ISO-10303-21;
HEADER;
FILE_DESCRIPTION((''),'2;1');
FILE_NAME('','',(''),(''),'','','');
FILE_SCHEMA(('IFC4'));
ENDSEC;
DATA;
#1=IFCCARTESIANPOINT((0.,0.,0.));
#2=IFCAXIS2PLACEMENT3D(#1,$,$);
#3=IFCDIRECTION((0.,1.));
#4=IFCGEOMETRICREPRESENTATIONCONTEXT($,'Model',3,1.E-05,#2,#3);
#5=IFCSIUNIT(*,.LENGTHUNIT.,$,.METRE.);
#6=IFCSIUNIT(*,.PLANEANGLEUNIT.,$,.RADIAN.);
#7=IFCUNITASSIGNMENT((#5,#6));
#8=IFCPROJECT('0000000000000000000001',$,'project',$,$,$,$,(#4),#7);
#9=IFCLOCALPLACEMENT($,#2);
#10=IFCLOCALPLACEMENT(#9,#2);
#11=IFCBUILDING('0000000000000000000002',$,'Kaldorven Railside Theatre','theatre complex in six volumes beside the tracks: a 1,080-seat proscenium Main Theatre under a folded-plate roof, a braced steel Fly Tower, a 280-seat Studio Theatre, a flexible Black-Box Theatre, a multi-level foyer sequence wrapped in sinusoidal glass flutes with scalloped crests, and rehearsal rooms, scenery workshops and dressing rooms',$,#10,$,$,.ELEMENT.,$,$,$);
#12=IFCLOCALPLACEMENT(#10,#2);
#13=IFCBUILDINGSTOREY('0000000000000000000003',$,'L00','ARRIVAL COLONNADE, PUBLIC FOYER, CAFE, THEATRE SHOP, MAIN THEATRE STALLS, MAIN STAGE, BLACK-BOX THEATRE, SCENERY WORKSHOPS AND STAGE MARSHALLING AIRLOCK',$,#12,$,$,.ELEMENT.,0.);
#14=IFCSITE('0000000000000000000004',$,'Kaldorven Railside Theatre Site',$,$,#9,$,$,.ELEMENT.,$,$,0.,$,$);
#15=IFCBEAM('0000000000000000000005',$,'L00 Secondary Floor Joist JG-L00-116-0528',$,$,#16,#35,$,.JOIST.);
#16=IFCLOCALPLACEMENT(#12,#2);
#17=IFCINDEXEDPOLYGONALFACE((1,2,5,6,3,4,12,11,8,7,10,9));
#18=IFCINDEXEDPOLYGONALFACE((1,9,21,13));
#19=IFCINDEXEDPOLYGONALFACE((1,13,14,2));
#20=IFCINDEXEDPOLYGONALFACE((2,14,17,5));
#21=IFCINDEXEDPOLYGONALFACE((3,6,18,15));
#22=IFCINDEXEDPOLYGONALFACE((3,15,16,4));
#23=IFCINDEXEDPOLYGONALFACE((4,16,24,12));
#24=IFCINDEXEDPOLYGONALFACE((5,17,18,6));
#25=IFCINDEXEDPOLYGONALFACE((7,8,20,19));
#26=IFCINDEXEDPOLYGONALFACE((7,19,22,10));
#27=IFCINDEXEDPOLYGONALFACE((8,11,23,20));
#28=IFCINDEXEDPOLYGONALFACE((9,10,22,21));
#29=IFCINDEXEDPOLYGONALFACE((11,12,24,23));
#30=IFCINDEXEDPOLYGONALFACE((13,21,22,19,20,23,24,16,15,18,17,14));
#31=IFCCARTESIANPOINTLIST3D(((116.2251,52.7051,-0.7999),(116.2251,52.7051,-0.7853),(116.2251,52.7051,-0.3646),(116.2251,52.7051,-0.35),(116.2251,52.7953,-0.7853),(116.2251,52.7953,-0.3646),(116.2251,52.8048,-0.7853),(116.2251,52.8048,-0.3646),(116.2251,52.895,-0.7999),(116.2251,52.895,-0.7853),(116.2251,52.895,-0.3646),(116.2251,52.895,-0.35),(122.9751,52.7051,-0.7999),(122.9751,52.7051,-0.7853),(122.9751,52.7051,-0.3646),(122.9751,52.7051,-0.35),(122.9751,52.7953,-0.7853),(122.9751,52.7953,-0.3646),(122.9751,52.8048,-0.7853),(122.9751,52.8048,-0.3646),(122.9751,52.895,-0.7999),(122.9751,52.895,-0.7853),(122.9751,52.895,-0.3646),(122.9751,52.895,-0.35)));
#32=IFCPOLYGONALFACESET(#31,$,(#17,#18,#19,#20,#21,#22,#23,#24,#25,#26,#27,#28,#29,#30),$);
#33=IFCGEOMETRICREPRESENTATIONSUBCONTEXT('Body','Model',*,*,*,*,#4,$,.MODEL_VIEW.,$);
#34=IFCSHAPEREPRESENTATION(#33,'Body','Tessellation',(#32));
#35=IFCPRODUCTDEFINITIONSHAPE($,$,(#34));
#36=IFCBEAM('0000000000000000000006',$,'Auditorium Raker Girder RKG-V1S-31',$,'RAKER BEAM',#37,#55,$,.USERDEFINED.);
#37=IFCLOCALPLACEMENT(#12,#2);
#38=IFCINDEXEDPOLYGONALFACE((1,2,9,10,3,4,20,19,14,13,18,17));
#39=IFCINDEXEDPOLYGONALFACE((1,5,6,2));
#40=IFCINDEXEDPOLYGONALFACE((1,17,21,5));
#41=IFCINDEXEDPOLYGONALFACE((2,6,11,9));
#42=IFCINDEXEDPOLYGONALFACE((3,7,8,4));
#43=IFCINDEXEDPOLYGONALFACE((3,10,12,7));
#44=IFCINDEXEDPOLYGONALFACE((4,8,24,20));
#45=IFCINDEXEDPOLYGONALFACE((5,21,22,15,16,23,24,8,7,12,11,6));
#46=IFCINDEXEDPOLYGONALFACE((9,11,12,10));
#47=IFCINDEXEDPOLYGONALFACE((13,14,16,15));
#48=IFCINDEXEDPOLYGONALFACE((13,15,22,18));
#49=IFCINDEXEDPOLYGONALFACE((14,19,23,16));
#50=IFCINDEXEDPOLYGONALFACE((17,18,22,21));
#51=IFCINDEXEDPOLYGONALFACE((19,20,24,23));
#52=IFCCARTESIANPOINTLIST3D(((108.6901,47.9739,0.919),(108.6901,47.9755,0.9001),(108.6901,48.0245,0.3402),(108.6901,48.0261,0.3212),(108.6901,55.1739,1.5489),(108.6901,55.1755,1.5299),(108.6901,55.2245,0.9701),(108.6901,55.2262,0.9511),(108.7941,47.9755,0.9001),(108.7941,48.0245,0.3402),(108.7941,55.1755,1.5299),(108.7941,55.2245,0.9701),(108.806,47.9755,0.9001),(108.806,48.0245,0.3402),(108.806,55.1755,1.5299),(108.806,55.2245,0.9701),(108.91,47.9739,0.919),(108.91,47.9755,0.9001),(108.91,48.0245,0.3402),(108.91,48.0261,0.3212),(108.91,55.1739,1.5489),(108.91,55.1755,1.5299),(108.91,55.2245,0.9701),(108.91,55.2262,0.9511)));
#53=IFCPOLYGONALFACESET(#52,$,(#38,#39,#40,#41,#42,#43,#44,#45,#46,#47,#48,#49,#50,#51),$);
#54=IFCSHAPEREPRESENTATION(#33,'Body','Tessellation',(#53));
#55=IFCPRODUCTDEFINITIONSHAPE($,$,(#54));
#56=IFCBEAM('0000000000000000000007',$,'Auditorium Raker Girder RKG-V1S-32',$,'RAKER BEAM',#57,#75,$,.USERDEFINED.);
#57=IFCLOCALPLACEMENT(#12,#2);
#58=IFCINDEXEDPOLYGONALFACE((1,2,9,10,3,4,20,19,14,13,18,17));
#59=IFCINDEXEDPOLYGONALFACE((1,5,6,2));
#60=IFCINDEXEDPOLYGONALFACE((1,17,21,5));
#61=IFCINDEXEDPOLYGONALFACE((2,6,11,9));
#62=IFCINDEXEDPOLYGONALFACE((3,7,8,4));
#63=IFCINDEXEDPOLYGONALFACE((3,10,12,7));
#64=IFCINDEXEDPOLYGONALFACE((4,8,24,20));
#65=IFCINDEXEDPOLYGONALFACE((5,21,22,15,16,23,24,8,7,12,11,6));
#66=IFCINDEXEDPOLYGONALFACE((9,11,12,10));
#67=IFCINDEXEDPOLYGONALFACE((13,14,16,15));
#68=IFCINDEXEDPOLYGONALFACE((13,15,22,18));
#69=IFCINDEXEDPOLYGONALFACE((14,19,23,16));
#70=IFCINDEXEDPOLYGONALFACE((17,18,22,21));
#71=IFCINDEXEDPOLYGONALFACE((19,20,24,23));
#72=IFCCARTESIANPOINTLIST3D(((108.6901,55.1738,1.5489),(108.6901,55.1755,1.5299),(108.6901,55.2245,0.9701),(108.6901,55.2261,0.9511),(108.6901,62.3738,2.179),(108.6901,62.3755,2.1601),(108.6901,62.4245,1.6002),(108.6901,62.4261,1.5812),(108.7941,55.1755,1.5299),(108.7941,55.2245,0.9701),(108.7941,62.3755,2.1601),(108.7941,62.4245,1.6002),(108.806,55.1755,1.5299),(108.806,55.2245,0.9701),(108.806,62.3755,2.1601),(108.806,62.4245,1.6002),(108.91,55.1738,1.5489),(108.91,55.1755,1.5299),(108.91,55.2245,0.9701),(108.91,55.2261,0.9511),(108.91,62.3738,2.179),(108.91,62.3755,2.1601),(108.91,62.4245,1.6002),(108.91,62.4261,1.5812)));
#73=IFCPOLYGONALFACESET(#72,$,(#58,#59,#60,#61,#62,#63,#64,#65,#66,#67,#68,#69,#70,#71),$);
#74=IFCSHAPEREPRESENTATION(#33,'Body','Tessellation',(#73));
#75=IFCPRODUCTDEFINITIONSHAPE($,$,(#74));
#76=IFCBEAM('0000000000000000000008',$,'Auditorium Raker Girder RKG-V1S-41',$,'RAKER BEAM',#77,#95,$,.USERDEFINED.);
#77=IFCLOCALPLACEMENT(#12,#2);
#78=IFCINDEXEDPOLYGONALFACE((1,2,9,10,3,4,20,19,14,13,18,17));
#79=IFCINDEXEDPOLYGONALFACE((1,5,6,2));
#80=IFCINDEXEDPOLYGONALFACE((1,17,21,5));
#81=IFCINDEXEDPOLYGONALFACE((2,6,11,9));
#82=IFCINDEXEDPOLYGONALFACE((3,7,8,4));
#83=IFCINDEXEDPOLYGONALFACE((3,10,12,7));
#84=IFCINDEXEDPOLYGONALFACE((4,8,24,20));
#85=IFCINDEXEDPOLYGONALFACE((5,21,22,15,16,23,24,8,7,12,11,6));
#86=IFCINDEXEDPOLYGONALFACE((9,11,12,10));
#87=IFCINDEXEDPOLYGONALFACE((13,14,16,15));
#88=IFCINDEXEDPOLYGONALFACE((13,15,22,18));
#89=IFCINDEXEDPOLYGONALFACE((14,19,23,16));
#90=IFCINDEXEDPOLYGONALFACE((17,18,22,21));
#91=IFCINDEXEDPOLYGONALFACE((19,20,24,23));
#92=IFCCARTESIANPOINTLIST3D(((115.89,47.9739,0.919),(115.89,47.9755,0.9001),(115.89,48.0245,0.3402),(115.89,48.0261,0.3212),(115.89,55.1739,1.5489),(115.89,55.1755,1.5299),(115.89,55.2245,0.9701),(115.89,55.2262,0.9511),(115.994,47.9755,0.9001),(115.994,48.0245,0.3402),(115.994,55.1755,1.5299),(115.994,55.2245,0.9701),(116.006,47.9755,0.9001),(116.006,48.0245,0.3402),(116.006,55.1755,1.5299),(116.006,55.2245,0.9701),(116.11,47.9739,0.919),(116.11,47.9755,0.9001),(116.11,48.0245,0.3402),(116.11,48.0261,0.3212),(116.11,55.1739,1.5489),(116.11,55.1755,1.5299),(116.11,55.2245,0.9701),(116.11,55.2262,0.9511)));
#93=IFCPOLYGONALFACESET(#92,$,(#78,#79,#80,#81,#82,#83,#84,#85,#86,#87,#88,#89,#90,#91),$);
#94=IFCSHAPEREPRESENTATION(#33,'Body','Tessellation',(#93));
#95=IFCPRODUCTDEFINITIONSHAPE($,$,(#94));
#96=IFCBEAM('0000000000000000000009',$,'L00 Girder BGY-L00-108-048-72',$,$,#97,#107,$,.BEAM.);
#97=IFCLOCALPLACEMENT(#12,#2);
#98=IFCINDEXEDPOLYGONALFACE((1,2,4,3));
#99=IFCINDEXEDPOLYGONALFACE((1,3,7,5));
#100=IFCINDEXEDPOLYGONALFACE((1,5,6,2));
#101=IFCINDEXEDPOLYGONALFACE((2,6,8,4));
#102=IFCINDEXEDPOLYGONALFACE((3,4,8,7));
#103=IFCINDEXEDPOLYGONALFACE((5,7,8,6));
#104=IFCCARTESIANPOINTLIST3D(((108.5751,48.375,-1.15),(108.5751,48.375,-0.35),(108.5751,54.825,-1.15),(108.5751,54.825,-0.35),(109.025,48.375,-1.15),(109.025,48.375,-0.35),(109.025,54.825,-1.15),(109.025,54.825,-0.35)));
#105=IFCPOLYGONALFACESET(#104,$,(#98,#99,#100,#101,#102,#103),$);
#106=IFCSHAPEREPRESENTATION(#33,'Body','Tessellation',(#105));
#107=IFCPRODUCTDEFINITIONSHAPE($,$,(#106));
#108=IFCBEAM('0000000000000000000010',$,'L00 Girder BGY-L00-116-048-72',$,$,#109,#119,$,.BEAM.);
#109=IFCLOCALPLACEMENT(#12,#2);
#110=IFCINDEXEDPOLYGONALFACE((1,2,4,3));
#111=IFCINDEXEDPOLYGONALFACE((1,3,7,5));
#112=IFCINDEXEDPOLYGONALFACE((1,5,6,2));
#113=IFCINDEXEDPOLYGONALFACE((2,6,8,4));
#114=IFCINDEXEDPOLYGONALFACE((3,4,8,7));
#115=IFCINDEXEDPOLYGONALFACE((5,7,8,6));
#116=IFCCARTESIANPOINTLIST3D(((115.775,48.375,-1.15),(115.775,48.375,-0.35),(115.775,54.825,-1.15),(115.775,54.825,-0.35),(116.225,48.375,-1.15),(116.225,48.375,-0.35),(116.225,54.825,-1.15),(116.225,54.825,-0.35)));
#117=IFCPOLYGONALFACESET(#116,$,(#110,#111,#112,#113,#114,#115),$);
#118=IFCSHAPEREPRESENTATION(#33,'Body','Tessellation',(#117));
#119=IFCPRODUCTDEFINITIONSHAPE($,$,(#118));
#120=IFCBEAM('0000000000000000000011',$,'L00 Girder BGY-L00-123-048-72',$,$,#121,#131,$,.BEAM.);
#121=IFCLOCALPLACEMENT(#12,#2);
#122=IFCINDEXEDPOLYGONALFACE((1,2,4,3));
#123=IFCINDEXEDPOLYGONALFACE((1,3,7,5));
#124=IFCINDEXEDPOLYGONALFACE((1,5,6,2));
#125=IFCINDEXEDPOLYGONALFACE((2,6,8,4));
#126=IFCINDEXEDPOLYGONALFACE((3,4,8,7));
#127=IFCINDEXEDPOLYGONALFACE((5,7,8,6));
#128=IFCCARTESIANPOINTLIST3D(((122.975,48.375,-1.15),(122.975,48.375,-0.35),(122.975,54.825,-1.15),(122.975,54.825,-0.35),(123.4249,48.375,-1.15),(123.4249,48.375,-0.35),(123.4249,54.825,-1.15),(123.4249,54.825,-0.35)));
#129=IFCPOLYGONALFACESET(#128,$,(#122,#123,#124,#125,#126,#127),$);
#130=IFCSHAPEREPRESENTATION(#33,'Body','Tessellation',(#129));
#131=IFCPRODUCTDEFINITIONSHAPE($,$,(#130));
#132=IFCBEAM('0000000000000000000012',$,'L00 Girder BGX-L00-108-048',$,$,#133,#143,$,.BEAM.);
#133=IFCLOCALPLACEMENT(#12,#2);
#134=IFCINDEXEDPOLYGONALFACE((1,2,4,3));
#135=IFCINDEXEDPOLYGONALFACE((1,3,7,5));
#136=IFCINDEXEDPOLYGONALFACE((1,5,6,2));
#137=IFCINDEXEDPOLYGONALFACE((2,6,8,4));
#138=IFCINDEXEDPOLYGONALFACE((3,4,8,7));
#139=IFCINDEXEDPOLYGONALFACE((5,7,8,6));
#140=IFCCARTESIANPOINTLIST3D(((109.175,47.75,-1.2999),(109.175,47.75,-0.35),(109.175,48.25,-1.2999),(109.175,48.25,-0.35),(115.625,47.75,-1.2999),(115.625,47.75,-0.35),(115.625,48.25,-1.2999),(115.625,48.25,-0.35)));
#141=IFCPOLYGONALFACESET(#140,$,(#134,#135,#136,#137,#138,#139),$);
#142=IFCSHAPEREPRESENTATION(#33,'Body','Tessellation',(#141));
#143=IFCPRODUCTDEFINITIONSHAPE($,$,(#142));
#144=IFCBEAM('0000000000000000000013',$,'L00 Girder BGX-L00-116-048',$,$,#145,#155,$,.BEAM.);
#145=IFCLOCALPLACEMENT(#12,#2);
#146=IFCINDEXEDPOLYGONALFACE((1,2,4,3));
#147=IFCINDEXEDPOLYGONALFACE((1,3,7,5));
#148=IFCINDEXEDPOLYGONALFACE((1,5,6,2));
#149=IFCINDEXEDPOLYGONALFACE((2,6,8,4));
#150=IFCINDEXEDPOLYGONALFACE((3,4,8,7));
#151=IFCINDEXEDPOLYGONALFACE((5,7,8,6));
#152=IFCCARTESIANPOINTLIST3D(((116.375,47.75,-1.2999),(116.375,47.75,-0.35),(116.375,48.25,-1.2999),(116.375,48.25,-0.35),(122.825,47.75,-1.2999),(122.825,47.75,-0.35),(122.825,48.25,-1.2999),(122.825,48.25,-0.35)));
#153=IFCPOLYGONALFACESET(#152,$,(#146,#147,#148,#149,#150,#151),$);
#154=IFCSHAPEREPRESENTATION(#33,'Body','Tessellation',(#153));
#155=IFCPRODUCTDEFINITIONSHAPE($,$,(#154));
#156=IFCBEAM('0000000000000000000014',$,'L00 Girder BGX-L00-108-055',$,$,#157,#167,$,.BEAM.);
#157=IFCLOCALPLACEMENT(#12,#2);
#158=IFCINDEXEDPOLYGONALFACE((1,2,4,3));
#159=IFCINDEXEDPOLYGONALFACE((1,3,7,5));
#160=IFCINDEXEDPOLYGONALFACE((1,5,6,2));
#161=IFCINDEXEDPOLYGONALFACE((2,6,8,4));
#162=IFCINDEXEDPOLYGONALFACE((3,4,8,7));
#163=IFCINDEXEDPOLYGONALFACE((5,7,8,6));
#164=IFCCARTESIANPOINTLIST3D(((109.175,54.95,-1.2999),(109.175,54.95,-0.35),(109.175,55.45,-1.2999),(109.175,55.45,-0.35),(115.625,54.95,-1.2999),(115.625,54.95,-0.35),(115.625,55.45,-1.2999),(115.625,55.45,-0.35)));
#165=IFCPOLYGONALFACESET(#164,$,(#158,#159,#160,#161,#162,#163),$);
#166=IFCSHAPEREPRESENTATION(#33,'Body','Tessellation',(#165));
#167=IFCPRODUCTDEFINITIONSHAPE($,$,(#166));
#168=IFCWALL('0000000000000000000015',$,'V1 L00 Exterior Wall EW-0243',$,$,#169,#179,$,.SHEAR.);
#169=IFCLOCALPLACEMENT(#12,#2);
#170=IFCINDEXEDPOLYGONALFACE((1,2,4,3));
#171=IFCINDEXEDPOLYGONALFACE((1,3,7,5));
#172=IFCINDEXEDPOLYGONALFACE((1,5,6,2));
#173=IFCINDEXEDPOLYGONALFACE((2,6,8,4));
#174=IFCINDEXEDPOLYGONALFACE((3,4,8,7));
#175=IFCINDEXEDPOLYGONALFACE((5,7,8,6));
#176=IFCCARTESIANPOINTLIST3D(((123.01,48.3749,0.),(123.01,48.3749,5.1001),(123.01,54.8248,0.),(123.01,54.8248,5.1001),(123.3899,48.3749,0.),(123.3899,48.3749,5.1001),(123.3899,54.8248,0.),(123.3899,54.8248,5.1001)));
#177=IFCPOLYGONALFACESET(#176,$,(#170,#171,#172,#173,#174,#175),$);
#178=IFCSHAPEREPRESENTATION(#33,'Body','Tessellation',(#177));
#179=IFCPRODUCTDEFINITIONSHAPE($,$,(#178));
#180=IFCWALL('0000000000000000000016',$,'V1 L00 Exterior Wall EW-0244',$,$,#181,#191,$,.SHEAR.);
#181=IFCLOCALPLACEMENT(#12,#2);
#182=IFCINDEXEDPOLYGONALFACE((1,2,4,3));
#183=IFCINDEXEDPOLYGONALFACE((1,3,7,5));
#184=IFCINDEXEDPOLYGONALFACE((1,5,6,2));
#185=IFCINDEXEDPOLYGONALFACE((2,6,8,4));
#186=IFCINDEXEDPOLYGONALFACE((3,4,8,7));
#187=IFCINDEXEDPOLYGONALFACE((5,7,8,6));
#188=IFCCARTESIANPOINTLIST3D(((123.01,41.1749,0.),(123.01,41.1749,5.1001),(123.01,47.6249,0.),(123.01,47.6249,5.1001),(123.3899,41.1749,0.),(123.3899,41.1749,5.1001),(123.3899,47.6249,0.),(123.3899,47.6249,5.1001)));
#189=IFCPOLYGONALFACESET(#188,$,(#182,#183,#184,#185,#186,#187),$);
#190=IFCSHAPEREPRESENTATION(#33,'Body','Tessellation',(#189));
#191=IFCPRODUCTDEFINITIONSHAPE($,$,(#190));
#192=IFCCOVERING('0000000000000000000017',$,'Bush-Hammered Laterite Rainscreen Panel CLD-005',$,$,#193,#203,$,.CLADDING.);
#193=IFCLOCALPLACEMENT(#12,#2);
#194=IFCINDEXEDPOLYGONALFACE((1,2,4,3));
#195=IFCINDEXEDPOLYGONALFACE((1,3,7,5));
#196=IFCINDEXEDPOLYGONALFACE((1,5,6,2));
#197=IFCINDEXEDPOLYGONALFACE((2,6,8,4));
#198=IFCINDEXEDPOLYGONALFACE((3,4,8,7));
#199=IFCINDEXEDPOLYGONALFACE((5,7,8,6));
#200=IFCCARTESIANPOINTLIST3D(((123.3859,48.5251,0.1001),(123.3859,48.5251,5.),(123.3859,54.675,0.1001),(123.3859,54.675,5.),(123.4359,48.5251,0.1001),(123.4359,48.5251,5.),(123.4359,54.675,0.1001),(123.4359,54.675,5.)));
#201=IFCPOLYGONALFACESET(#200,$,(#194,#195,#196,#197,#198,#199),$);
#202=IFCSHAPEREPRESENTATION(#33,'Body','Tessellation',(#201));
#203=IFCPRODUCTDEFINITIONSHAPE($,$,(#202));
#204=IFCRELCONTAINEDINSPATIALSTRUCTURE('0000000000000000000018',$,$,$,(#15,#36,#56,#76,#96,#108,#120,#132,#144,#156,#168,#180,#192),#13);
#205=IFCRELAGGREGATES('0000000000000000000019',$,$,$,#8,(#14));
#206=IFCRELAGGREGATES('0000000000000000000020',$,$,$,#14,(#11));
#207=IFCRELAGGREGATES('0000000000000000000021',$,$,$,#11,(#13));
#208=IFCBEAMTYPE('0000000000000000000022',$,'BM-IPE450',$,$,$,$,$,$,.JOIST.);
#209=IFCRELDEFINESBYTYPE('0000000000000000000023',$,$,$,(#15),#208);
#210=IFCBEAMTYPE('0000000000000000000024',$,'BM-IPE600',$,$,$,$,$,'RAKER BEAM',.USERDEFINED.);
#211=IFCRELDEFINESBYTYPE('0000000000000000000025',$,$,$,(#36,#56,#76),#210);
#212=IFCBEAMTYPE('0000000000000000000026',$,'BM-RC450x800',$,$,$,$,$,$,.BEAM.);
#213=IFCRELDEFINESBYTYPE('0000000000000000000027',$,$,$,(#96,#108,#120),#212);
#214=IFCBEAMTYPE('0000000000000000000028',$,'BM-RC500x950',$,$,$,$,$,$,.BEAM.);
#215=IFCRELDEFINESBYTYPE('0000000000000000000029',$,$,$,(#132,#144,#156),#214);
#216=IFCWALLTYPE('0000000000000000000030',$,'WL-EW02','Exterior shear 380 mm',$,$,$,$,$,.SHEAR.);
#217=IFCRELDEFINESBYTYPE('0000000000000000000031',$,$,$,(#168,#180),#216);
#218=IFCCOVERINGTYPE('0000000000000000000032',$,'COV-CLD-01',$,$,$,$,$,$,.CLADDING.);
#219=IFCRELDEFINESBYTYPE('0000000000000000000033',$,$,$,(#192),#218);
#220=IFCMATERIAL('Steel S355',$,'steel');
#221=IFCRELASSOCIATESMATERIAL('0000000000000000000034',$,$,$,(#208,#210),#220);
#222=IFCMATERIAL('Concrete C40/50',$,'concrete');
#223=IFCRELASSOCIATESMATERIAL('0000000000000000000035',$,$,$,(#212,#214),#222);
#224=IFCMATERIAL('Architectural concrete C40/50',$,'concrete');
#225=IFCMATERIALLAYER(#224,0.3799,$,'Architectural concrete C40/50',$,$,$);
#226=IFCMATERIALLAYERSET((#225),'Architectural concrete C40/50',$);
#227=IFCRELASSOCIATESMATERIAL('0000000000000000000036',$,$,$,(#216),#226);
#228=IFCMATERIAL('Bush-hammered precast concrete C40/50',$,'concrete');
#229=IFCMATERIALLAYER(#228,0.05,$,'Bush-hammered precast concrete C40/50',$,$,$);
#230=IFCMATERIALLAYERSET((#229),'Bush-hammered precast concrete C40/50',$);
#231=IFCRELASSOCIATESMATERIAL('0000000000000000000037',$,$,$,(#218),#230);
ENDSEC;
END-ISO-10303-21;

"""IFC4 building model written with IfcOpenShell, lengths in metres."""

from ifc_helpers import new_model, si_unit, direction, frame, frame_2d, origin, origin_2d, place, context, subcontext, project, spatial, rectangle, i_section, extrude, material, layer, layer_set, material_profile, profile_set, type_object, element, save


model = new_model("IFC4")

# Units and contexts
model_context = context("Model", 3, precision=1e-05, world=origin(), true_north=direction((0.0, 1.0)))
body_context = subcontext(model_context, "Body", "Model", "MODEL_VIEW")
ifc_project = project(units=[si_unit("LENGTHUNIT", "METRE"), si_unit("PLANEANGLEUNIT", "RADIAN")], contexts=[model_context])

# Site, building, storey
site_placement = place(None, origin())
site = spatial("IfcSite", under=ifc_project, at=site_placement, Name="Kaldorven Railside Theatre Site", CompositionType="ELEMENT", RefElevation=0.0)
building_placement = place(site_placement, origin())
building = spatial("IfcBuilding", under=site, at=building_placement, Name="Kaldorven Railside Theatre", Description="theatre complex in six volumes beside the tracks: a 1,080-seat proscenium Main Theatre under a folded-plate roof, a braced steel Fly Tower, a 280-seat Studio Theatre, a flexible Black-Box Theatre, a multi-level foyer sequence wrapped in sinusoidal glass flutes with scalloped crests, and rehearsal rooms, scenery workshops and dressing rooms", CompositionType="ELEMENT")
storey_placement = place(building_placement, origin())
storey = spatial("IfcBuildingStorey", under=building, at=storey_placement, Name="L00", Description="ARRIVAL COLONNADE, PUBLIC FOYER, CAFE, THEATRE SHOP, MAIN THEATRE STALLS, MAIN STAGE, BLACK-BOX THEATRE, SCENERY WORKSHOPS AND STAGE MARSHALLING AIRLOCK", CompositionType="ELEMENT", Elevation=0.0)

# Shared definitions
ifc_material_1 = material(Name="Concrete C40/50", Category="concrete")

# Beams
ifc_material_2 = material(Name="Steel S355", Category="steel")
ifc_material_profile_1 = material_profile(ifc_material_2, i_section(OverallWidth=0.1899, OverallDepth=0.45, WebThickness=0.0095, FlangeThickness=0.0146, at=origin_2d()), Name="IPE 450")
ifc_profile_set_1 = profile_set([ifc_material_profile_1], Name="Steel S355")
beam_type_1 = type_object("IfcBeamType", Name="BM-IPE450", PredefinedType="JOIST", material=ifc_profile_set_1)
for number, where, z_axis, x_axis, name in (
    (1, (116.2251, 52.8, -0.575), (1.0, 0.0, 0.0), (0.0, 1.0, 0.0), "L00 Secondary Floor Joist JG-L00-116-0528"),
):
    element("IfcBeam", number, at=place(storey_placement, frame(where, z_axis=z_axis, x_axis=x_axis)), inside=storey, type_object=beam_type_1, Name=name, PredefinedType="JOIST", context=body_context, shape_type="SweptSolid", body=[
        extrude(i_section(OverallWidth=0.1899, OverallDepth=0.45, WebThickness=0.0095, FlangeThickness=0.0146, at=origin_2d()), origin(), (0.0, 0.0, 1.0), 6.75),
    ])
ifc_material_profile_2 = material_profile(ifc_material_2, i_section(OverallWidth=0.22, OverallDepth=0.6001, WebThickness=0.012, FlangeThickness=0.019, at=origin_2d()), Name="IPE 600")
ifc_profile_set_2 = profile_set([ifc_material_profile_2], Name="Steel S355")
beam_type_2 = type_object("IfcBeamType", Name="BM-IPE600", ElementType="RAKER BEAM", PredefinedType="USERDEFINED", material=ifc_profile_set_2)
for number, where, z_axis, x_axis, name in (
    (2, (108.8, 48.0, 0.6201), (0.0, 0.996195, 0.087151), (-1.0, 0.0, 0.0), "Auditorium Raker Girder RKG-V1S-31"),
    (3, (108.8, 55.2, 1.25), (0.0, 0.996192, 0.087185), (-1.0, 0.0, 0.0), "Auditorium Raker Girder RKG-V1S-32"),
    (4, (116.0, 48.0, 0.6201), (0.0, 0.996195, 0.087151), (-1.0, 0.0, 0.0), "Auditorium Raker Girder RKG-V1S-41"),
):
    element("IfcBeam", number, at=place(storey_placement, frame(where, z_axis=z_axis, x_axis=x_axis)), inside=storey, type_object=beam_type_2, Name=name, ObjectType="RAKER BEAM", PredefinedType="USERDEFINED", context=body_context, shape_type="SweptSolid", body=[
        extrude(i_section(OverallWidth=0.22, OverallDepth=0.6001, WebThickness=0.012, FlangeThickness=0.019, at=origin_2d()), origin(), (0.0, 0.0, 1.0), 7.2275),
    ])
ifc_material_profile_3 = material_profile(ifc_material_1, rectangle(XDim=0.45, YDim=0.8, at=origin_2d()), Name="RC 450x800")
ifc_profile_set_3 = profile_set([ifc_material_profile_3], Name="Concrete C40/50")
beam_type_3 = type_object("IfcBeamType", Name="BM-RC450x800", PredefinedType="BEAM", material=ifc_profile_set_3)
for number, where, z_axis, x_axis, name in (
    (5, (108.8, 48.375, -0.75), (0.0, 1.0, 0.0), (-1.0, 0.0, 0.0), "L00 Girder BGY-L00-108-048-72"),
    (6, (116.0, 48.375, -0.75), (0.0, 1.0, 0.0), (-1.0, 0.0, 0.0), "L00 Girder BGY-L00-116-048-72"),
    (7, (123.2, 48.375, -0.75), (0.0, 1.0, 0.0), (-1.0, 0.0, 0.0), "L00 Girder BGY-L00-123-048-72"),
):
    element("IfcBeam", number, at=place(storey_placement, frame(where, z_axis=z_axis, x_axis=x_axis)), inside=storey, type_object=beam_type_3, Name=name, PredefinedType="BEAM", context=body_context, shape_type="SweptSolid", body=[
        extrude(rectangle(XDim=0.45, YDim=0.8, at=origin_2d()), origin(), (0.0, 0.0, 1.0), 6.45),
    ])
ifc_material_profile_4 = material_profile(ifc_material_1, rectangle(XDim=0.5, YDim=0.95, at=origin_2d()), Name="RC 500x950")
ifc_profile_set_4 = profile_set([ifc_material_profile_4], Name="Concrete C40/50")
beam_type_4 = type_object("IfcBeamType", Name="BM-RC500x950", PredefinedType="BEAM", material=ifc_profile_set_4)
for number, where, z_axis, x_axis, name in (
    (8, (109.175, 48.0, -0.825), (1.0, 0.0, 0.0), (0.0, 1.0, 0.0), "L00 Girder BGX-L00-108-048"),
    (9, (116.375, 48.0, -0.825), (1.0, 0.0, 0.0), (0.0, 1.0, 0.0), "L00 Girder BGX-L00-116-048"),
    (10, (109.175, 55.2, -0.825), (1.0, 0.0, 0.0), (0.0, 1.0, 0.0), "L00 Girder BGX-L00-108-055"),
):
    element("IfcBeam", number, at=place(storey_placement, frame(where, z_axis=z_axis, x_axis=x_axis)), inside=storey, type_object=beam_type_4, Name=name, PredefinedType="BEAM", context=body_context, shape_type="SweptSolid", body=[
        extrude(rectangle(XDim=0.5, YDim=0.95, at=origin_2d()), origin(), (0.0, 0.0, 1.0), 6.45),
    ])

# Walls
ifc_material_3 = material(Name="Architectural concrete C40/50", Category="concrete")
ifc_layer_1 = layer(ifc_material_3, 0.3799, Name="Architectural concrete C40/50")
ifc_layer_set_1 = layer_set([ifc_layer_1], Name="Architectural concrete C40/50")
wall_type = type_object("IfcWallType", Name="WL-EW02", Description="Exterior shear 380 mm", PredefinedType="SHEAR", material=ifc_layer_set_1)
for number, where, z_axis, x_axis, name in (
    (11, (123.2, 54.825, 0.0), (0.0, 0.0, 1.0), (0.0, -1.0, 0.0), "V1 L00 Exterior Wall EW-0243"),
    (12, (123.2, 47.625, 0.0), (0.0, 0.0, 1.0), (0.0, -1.0, 0.0), "V1 L00 Exterior Wall EW-0244"),
):
    element("IfcWall", number, at=place(storey_placement, frame(where, z_axis=z_axis, x_axis=x_axis)), inside=storey, type_object=wall_type, Name=name, PredefinedType="SHEAR", context=body_context, shape_type="SweptSolid", body=[
        extrude(rectangle(XDim=6.45, YDim=0.3799, at=frame_2d((3.2251, 0.0))), origin(), (0.0, 0.0, 1.0), 5.1001),
    ])

# Covering
ifc_material_4 = material(Name="Bush-hammered precast concrete C40/50", Category="concrete")
ifc_layer_2 = layer(ifc_material_4, 0.05, Name="Bush-hammered precast concrete C40/50")
ifc_layer_set_2 = layer_set([ifc_layer_2], Name="Bush-hammered precast concrete C40/50")
covering_type = type_object("IfcCoveringType", Name="COV-CLD-01", PredefinedType="CLADDING", material=ifc_layer_set_2)
covering_placement = place(storey_placement, frame((123.4109, 51.6001, 0.1001), z_axis=(0.0, 0.0, 1.0), x_axis=(0.0, -1.0, 0.0)))
element("IfcCovering", 13, at=covering_placement, inside=storey, type_object=covering_type, Name="Bush-Hammered Laterite Rainscreen Panel CLD-005", PredefinedType="CLADDING", context=body_context, shape_type="SweptSolid", body=[
    extrude(rectangle(XDim=6.1499, YDim=0.05, at=origin_2d()), origin(), (0.0, 0.0, 1.0), 4.8999),
])

save(model, "model.ifc")
